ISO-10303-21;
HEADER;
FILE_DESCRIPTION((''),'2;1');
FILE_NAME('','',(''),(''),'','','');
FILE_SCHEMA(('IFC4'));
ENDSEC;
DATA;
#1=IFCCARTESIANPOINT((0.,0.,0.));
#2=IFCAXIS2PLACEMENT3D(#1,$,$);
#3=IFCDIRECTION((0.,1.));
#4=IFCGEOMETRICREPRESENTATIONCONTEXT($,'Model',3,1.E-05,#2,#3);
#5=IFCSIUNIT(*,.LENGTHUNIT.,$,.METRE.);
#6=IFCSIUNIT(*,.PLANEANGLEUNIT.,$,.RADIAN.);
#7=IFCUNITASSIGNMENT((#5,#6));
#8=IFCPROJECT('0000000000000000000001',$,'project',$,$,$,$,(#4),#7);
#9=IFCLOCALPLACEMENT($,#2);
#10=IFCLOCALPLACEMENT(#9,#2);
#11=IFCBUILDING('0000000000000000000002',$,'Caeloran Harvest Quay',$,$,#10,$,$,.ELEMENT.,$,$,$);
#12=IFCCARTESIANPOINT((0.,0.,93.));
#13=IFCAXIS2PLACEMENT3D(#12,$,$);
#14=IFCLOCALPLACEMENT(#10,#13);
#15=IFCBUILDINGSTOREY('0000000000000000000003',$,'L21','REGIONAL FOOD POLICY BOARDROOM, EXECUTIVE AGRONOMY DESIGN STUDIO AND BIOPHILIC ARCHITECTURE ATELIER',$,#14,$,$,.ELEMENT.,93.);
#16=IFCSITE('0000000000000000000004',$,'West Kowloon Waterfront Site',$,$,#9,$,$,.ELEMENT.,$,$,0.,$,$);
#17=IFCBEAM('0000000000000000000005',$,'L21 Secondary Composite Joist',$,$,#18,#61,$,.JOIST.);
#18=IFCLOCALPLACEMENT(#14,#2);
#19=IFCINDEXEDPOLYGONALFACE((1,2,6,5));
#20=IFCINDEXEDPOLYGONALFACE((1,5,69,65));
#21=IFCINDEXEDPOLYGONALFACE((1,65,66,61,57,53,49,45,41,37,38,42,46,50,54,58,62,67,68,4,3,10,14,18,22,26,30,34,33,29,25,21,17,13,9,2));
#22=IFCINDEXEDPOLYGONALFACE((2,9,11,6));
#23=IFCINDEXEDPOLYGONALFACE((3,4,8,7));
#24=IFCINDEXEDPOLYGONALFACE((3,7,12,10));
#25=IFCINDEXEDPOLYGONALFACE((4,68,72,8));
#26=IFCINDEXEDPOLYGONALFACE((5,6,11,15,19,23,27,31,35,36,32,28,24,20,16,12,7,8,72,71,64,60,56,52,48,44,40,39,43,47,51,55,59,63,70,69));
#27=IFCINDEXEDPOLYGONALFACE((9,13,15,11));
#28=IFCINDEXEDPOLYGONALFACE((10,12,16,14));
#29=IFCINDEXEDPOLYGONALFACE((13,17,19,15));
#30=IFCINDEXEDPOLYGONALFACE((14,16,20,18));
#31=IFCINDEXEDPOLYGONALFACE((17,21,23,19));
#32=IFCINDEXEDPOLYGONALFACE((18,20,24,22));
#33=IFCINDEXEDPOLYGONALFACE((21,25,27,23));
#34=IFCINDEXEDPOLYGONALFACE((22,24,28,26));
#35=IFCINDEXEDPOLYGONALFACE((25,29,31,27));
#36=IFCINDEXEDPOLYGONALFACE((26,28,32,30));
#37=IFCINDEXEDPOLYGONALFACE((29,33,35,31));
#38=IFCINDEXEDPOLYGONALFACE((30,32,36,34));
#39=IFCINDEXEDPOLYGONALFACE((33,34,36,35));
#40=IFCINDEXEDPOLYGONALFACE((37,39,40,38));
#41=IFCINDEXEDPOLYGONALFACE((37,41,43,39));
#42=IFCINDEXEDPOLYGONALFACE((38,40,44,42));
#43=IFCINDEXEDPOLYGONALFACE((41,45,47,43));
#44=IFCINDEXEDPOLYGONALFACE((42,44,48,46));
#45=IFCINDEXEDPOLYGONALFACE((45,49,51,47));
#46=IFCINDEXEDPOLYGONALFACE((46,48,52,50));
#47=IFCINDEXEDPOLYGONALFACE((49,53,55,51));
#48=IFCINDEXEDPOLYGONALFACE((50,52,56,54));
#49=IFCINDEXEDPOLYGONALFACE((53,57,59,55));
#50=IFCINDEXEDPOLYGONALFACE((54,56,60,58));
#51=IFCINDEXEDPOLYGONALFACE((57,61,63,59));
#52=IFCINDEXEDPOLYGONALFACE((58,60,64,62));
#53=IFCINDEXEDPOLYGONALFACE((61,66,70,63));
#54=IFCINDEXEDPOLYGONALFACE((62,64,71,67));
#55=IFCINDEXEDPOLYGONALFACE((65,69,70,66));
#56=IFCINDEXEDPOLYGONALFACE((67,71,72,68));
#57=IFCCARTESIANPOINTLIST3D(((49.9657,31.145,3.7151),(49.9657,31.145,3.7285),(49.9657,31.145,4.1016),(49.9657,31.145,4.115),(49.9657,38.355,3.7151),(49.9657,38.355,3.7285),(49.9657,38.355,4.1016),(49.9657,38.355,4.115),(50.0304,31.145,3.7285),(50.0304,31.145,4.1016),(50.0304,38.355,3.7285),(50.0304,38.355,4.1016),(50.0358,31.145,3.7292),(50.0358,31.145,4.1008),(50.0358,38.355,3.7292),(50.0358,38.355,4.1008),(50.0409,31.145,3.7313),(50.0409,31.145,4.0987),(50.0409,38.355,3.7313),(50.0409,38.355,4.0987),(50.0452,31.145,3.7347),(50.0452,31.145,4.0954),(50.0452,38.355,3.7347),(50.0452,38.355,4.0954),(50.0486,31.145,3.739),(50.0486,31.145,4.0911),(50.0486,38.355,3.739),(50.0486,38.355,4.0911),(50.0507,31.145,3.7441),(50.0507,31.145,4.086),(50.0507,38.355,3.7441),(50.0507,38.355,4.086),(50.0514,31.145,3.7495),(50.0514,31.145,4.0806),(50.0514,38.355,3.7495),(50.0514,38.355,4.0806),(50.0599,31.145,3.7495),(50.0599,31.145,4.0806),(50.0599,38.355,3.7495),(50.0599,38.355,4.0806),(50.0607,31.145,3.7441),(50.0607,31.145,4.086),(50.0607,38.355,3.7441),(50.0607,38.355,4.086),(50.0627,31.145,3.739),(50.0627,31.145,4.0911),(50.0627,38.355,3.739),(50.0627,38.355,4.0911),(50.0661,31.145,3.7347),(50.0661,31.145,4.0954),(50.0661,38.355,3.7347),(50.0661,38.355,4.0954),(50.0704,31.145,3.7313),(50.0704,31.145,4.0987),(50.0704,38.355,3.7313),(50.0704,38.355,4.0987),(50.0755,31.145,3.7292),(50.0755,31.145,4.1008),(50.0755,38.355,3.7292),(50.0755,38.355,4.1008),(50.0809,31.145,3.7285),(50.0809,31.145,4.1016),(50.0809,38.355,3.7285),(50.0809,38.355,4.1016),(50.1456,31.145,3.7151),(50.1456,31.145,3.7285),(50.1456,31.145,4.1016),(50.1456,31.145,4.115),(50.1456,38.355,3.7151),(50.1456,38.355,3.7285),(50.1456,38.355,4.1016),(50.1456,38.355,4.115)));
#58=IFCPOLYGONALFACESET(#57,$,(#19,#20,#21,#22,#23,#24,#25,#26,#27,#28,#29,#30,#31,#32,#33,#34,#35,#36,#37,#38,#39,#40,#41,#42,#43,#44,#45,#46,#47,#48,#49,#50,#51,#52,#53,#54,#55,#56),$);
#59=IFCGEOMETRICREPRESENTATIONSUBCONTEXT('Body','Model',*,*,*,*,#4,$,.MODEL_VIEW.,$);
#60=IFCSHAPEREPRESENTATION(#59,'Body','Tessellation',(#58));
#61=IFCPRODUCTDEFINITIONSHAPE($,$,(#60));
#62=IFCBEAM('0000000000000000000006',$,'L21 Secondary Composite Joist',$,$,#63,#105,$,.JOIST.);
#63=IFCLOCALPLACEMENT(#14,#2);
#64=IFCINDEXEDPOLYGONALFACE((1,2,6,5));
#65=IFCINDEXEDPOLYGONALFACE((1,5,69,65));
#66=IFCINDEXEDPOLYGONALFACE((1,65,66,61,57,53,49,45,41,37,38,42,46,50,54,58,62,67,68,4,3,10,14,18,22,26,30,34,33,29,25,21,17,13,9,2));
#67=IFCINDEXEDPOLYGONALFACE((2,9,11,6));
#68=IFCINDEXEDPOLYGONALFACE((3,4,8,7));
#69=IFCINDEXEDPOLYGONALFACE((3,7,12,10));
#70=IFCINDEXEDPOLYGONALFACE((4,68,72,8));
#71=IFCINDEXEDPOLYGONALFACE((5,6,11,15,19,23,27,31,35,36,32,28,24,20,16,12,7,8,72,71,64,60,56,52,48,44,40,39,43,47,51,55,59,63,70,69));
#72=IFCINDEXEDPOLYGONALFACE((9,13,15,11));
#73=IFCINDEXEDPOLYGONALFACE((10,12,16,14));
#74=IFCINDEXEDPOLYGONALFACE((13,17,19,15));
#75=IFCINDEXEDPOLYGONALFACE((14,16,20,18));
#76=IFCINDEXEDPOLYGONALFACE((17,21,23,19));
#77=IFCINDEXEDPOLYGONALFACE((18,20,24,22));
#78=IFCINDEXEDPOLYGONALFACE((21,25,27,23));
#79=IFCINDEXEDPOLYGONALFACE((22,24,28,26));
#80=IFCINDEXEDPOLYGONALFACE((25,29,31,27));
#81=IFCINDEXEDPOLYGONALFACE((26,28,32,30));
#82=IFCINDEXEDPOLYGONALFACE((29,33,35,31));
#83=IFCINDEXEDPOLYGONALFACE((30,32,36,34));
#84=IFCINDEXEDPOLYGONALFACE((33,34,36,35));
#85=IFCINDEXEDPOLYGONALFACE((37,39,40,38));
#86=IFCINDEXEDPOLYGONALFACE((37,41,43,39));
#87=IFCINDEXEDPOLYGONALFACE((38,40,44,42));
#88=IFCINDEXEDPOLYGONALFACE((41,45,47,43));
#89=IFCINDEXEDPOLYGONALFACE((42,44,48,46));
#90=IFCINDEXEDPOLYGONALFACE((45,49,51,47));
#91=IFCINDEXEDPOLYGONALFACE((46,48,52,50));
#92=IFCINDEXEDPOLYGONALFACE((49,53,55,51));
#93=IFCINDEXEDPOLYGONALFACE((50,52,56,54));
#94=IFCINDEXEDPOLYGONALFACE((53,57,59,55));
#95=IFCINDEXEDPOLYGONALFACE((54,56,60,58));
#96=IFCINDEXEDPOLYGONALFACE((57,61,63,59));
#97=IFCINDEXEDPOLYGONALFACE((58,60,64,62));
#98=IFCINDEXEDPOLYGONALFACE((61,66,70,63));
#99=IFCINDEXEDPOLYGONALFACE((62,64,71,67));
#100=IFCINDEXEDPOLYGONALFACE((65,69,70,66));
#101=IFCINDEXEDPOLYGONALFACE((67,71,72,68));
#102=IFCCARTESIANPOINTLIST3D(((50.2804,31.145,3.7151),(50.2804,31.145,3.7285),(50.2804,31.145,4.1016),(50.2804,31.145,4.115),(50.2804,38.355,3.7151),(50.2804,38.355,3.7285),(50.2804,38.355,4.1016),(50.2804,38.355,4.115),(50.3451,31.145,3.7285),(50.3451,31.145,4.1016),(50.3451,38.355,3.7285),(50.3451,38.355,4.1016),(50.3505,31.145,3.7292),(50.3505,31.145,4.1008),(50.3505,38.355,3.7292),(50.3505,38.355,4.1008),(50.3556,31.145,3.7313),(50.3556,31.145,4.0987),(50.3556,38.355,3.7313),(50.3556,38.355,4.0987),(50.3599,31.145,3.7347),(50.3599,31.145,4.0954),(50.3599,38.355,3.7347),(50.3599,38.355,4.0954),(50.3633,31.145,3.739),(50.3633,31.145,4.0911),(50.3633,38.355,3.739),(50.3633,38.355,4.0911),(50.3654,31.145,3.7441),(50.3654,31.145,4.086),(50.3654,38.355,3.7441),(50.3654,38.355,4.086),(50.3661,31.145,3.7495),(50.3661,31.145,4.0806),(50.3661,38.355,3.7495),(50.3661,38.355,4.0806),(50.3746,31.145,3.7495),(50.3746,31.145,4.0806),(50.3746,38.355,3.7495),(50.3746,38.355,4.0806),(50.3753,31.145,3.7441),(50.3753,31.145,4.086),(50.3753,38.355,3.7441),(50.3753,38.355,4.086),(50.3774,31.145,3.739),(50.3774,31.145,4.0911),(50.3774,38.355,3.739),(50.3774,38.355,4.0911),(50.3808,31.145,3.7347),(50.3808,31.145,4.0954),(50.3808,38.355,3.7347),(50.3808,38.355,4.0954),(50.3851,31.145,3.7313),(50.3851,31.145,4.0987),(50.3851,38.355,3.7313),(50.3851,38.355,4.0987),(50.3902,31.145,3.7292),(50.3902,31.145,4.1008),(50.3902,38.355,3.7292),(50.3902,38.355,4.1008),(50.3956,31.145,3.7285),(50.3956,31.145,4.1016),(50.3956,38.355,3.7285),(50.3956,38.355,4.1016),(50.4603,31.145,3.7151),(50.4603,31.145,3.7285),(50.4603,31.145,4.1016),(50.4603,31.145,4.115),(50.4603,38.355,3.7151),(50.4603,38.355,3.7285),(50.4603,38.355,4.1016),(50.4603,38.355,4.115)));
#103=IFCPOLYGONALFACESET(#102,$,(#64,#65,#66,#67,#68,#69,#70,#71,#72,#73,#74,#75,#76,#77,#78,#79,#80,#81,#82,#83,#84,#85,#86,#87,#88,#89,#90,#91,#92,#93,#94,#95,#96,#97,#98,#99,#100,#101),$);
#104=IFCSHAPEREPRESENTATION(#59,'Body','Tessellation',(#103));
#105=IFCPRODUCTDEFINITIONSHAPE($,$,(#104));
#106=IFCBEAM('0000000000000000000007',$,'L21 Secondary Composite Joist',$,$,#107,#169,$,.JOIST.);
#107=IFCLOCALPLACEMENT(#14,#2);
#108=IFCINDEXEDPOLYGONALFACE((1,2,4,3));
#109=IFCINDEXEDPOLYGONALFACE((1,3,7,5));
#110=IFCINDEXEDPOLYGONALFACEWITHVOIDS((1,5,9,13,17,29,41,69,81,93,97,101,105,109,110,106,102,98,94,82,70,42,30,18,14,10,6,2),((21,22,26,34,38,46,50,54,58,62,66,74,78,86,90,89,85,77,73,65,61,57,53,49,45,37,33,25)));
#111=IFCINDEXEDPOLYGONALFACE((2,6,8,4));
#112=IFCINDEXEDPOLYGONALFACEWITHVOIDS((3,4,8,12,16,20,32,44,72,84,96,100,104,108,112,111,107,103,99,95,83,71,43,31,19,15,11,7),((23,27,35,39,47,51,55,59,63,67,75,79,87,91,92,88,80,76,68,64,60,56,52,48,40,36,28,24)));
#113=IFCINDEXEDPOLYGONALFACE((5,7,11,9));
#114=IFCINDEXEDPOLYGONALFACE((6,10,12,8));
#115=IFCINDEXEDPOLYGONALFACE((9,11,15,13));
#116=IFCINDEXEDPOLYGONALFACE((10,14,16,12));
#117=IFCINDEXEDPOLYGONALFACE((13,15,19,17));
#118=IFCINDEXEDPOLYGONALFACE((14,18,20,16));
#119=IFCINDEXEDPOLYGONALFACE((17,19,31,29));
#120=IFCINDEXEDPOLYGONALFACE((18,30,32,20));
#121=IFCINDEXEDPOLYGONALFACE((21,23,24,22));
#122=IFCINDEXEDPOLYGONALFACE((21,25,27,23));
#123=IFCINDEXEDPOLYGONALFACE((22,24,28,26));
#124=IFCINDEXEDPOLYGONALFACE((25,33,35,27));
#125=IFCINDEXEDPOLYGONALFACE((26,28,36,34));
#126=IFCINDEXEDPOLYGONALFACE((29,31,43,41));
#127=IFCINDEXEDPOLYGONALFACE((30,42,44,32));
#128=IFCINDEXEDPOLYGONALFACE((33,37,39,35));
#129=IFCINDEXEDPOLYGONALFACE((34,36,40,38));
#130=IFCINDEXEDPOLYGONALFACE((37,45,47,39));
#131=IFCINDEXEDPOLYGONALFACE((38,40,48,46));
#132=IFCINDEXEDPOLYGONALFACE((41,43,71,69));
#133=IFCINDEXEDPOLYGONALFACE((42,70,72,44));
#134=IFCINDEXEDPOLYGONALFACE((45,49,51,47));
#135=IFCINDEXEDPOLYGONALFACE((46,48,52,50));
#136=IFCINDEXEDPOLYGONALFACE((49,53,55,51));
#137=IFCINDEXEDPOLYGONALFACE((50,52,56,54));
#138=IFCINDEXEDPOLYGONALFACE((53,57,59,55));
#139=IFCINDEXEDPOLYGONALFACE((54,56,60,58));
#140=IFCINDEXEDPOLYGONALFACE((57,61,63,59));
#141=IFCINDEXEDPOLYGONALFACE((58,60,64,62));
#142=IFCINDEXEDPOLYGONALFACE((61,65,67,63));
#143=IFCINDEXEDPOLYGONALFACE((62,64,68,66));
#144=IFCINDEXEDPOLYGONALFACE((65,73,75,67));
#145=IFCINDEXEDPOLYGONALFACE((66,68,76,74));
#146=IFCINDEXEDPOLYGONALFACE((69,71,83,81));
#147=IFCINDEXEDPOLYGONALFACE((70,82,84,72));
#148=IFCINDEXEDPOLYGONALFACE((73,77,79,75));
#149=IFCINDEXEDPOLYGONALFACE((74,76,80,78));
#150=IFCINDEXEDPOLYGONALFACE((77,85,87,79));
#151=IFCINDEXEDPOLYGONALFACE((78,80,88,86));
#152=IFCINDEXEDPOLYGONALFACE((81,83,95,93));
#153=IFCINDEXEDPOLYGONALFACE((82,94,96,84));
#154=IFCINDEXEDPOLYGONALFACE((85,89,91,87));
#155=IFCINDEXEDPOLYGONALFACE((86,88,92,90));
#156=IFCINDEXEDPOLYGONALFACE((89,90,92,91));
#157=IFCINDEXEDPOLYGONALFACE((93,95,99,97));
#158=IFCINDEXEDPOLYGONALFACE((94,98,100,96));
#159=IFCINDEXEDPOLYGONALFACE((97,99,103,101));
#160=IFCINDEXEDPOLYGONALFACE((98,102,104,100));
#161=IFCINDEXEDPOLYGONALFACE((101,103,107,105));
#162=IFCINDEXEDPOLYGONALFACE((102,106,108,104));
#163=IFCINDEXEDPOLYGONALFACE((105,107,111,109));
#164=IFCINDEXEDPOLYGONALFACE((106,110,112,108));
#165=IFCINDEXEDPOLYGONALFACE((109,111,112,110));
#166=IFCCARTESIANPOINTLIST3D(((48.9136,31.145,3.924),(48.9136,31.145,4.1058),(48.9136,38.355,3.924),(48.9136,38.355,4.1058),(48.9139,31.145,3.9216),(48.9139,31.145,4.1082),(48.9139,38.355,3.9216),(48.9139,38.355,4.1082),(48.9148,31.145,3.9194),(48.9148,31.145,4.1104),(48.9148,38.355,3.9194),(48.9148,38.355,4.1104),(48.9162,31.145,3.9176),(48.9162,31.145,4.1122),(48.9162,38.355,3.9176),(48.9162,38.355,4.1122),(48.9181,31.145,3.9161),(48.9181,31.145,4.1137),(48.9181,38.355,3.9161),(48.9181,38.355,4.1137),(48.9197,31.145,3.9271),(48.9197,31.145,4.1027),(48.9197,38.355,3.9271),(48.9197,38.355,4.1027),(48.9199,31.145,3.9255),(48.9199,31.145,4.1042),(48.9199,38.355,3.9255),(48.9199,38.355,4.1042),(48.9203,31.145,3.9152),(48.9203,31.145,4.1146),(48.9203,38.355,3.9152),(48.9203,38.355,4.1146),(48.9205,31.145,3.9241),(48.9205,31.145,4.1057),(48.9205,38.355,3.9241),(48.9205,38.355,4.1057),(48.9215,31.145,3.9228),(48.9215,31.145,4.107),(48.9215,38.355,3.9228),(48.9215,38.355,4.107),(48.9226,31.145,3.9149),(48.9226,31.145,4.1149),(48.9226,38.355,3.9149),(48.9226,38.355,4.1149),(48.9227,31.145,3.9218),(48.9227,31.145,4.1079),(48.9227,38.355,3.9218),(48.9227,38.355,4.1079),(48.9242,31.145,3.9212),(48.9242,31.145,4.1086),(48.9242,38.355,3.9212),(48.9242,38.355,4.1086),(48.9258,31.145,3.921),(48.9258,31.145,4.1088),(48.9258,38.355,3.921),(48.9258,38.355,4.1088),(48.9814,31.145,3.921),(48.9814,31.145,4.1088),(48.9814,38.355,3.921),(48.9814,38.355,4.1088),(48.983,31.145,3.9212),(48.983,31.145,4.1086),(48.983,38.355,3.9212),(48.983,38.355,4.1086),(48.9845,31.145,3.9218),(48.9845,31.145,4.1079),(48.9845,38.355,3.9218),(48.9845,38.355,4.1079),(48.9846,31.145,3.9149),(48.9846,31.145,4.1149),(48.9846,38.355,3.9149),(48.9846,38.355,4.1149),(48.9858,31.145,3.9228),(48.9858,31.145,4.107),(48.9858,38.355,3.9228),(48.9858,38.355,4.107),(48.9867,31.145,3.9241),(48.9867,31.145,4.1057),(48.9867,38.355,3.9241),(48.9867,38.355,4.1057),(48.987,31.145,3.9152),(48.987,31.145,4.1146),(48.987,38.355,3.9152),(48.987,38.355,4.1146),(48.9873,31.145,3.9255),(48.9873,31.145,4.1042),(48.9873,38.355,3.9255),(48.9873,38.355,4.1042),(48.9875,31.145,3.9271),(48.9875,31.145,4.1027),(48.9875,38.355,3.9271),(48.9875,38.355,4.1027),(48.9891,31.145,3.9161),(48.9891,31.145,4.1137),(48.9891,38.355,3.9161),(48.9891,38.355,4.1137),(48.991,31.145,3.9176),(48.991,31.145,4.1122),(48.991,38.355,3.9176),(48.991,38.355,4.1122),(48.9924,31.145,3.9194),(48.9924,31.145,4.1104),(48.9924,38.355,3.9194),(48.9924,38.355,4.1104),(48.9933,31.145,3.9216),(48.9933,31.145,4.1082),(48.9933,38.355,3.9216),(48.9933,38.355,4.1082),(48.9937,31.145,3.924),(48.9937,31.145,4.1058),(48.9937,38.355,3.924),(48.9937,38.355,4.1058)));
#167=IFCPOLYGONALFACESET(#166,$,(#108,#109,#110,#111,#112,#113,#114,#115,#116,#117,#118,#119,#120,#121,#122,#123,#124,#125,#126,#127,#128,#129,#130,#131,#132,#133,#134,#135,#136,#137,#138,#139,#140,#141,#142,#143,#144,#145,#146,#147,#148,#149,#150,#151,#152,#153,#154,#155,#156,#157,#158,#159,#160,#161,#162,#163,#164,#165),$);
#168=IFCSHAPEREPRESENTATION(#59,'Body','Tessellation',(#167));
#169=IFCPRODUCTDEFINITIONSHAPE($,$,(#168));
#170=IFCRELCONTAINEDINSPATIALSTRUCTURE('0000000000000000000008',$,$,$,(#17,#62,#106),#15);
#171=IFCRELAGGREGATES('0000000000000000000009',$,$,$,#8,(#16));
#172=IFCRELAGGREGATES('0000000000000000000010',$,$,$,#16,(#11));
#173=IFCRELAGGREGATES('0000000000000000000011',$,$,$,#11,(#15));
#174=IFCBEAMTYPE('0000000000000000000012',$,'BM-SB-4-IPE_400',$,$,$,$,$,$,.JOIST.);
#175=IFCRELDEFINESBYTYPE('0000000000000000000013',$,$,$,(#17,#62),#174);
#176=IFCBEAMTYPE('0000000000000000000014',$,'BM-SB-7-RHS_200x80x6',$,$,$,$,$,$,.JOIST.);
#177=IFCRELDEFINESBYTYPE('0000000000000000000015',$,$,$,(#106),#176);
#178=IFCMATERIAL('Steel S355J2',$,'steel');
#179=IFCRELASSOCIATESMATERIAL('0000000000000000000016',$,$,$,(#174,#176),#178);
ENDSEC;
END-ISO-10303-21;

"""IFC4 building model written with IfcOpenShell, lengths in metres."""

from ifc_helpers import new_model, si_unit, direction, frame, origin, origin_2d, place, context, subcontext, project, spatial, hollow_rectangle, i_section, extrude, material, material_profile, profile_set, type_object, element, save


model = new_model("IFC4")

# Units and contexts
model_context = context("Model", 3, precision=1e-05, world=origin(), true_north=direction((0.0, 1.0)))
body_context = subcontext(model_context, "Body", "Model", "MODEL_VIEW")
ifc_project = project(units=[si_unit("LENGTHUNIT", "METRE"), si_unit("PLANEANGLEUNIT", "RADIAN")], contexts=[model_context])

# Site, building, storey
site_placement = place(None, origin())
site = spatial("IfcSite", under=ifc_project, at=site_placement, Name="West Kowloon Waterfront Site", CompositionType="ELEMENT", RefElevation=0.0)
building_placement = place(site_placement, origin())
building = spatial("IfcBuilding", under=site, at=building_placement, Name="Caeloran Harvest Quay", CompositionType="ELEMENT")
storey_placement = place(building_placement, frame((0.0, 0.0, 93.0)))
storey = spatial("IfcBuildingStorey", under=building, at=storey_placement, Name="L21", Description="REGIONAL FOOD POLICY BOARDROOM, EXECUTIVE AGRONOMY DESIGN STUDIO AND BIOPHILIC ARCHITECTURE ATELIER", CompositionType="ELEMENT", Elevation=93.0)

# Beams
ifc_material_1 = material(Name="Steel S355J2", Category="steel")
ifc_material_profile_1 = material_profile(ifc_material_1, i_section(OverallWidth=0.1799, OverallDepth=0.3999, WebThickness=0.0085, FlangeThickness=0.0134, FilletRadius=0.021, at=origin_2d()), Name="IPE 400")
ifc_profile_set_1 = profile_set([ifc_material_profile_1], Name="Steel S355J2")
beam_type_1 = type_object("IfcBeamType", Name="BM-SB-4-IPE_400", PredefinedType="JOIST", material=ifc_profile_set_1)
for number, where, z_axis, x_axis, name in (
    (1, (50.0557, 31.145, 3.915), (0.0, 1.0, 0.0), (-1.0, 0.0, 0.0), "L21 Secondary Composite Joist"),
    (2, (50.3704, 31.145, 3.915), (0.0, 1.0, 0.0), (-1.0, 0.0, 0.0), "L21 Secondary Composite Joist"),
):
    element("IfcBeam", number, at=place(storey_placement, frame(where, z_axis=z_axis, x_axis=x_axis)), inside=storey, type_object=beam_type_1, Name=name, PredefinedType="JOIST", context=body_context, shape_type="SweptSolid", body=[
        extrude(i_section(OverallWidth=0.1799, OverallDepth=0.3999, WebThickness=0.0085, FlangeThickness=0.0134, FilletRadius=0.021, at=origin_2d()), origin(), (0.0, 0.0, 1.0), 7.21),
    ])
ifc_material_profile_2 = material_profile(ifc_material_1, hollow_rectangle(XDim=0.0801, YDim=0.2, WallThickness=0.0061, InnerFilletRadius=0.0061, OuterFilletRadius=0.009, at=origin_2d()), Name="RHS 200x80x6")
ifc_profile_set_2 = profile_set([ifc_material_profile_2], Name="Steel S355J2")
beam_type_2 = type_object("IfcBeamType", Name="BM-SB-7-RHS_200x80x6", PredefinedType="JOIST", material=ifc_profile_set_2)
for number, where, z_axis, x_axis, name in (
    (3, (48.9536, 31.145, 4.0149), (0.0, 1.0, 0.0), (-1.0, 0.0, 0.0), "L21 Secondary Composite Joist"),
):
    element("IfcBeam", number, at=place(storey_placement, frame(where, z_axis=z_axis, x_axis=x_axis)), inside=storey, type_object=beam_type_2, Name=name, PredefinedType="JOIST", context=body_context, shape_type="SweptSolid", body=[
        extrude(hollow_rectangle(XDim=0.0801, YDim=0.2, WallThickness=0.0061, InnerFilletRadius=0.0061, OuterFilletRadius=0.009, at=origin_2d()), origin(), (0.0, 0.0, 1.0), 7.21),
    ])

save(model, "model.ifc")
